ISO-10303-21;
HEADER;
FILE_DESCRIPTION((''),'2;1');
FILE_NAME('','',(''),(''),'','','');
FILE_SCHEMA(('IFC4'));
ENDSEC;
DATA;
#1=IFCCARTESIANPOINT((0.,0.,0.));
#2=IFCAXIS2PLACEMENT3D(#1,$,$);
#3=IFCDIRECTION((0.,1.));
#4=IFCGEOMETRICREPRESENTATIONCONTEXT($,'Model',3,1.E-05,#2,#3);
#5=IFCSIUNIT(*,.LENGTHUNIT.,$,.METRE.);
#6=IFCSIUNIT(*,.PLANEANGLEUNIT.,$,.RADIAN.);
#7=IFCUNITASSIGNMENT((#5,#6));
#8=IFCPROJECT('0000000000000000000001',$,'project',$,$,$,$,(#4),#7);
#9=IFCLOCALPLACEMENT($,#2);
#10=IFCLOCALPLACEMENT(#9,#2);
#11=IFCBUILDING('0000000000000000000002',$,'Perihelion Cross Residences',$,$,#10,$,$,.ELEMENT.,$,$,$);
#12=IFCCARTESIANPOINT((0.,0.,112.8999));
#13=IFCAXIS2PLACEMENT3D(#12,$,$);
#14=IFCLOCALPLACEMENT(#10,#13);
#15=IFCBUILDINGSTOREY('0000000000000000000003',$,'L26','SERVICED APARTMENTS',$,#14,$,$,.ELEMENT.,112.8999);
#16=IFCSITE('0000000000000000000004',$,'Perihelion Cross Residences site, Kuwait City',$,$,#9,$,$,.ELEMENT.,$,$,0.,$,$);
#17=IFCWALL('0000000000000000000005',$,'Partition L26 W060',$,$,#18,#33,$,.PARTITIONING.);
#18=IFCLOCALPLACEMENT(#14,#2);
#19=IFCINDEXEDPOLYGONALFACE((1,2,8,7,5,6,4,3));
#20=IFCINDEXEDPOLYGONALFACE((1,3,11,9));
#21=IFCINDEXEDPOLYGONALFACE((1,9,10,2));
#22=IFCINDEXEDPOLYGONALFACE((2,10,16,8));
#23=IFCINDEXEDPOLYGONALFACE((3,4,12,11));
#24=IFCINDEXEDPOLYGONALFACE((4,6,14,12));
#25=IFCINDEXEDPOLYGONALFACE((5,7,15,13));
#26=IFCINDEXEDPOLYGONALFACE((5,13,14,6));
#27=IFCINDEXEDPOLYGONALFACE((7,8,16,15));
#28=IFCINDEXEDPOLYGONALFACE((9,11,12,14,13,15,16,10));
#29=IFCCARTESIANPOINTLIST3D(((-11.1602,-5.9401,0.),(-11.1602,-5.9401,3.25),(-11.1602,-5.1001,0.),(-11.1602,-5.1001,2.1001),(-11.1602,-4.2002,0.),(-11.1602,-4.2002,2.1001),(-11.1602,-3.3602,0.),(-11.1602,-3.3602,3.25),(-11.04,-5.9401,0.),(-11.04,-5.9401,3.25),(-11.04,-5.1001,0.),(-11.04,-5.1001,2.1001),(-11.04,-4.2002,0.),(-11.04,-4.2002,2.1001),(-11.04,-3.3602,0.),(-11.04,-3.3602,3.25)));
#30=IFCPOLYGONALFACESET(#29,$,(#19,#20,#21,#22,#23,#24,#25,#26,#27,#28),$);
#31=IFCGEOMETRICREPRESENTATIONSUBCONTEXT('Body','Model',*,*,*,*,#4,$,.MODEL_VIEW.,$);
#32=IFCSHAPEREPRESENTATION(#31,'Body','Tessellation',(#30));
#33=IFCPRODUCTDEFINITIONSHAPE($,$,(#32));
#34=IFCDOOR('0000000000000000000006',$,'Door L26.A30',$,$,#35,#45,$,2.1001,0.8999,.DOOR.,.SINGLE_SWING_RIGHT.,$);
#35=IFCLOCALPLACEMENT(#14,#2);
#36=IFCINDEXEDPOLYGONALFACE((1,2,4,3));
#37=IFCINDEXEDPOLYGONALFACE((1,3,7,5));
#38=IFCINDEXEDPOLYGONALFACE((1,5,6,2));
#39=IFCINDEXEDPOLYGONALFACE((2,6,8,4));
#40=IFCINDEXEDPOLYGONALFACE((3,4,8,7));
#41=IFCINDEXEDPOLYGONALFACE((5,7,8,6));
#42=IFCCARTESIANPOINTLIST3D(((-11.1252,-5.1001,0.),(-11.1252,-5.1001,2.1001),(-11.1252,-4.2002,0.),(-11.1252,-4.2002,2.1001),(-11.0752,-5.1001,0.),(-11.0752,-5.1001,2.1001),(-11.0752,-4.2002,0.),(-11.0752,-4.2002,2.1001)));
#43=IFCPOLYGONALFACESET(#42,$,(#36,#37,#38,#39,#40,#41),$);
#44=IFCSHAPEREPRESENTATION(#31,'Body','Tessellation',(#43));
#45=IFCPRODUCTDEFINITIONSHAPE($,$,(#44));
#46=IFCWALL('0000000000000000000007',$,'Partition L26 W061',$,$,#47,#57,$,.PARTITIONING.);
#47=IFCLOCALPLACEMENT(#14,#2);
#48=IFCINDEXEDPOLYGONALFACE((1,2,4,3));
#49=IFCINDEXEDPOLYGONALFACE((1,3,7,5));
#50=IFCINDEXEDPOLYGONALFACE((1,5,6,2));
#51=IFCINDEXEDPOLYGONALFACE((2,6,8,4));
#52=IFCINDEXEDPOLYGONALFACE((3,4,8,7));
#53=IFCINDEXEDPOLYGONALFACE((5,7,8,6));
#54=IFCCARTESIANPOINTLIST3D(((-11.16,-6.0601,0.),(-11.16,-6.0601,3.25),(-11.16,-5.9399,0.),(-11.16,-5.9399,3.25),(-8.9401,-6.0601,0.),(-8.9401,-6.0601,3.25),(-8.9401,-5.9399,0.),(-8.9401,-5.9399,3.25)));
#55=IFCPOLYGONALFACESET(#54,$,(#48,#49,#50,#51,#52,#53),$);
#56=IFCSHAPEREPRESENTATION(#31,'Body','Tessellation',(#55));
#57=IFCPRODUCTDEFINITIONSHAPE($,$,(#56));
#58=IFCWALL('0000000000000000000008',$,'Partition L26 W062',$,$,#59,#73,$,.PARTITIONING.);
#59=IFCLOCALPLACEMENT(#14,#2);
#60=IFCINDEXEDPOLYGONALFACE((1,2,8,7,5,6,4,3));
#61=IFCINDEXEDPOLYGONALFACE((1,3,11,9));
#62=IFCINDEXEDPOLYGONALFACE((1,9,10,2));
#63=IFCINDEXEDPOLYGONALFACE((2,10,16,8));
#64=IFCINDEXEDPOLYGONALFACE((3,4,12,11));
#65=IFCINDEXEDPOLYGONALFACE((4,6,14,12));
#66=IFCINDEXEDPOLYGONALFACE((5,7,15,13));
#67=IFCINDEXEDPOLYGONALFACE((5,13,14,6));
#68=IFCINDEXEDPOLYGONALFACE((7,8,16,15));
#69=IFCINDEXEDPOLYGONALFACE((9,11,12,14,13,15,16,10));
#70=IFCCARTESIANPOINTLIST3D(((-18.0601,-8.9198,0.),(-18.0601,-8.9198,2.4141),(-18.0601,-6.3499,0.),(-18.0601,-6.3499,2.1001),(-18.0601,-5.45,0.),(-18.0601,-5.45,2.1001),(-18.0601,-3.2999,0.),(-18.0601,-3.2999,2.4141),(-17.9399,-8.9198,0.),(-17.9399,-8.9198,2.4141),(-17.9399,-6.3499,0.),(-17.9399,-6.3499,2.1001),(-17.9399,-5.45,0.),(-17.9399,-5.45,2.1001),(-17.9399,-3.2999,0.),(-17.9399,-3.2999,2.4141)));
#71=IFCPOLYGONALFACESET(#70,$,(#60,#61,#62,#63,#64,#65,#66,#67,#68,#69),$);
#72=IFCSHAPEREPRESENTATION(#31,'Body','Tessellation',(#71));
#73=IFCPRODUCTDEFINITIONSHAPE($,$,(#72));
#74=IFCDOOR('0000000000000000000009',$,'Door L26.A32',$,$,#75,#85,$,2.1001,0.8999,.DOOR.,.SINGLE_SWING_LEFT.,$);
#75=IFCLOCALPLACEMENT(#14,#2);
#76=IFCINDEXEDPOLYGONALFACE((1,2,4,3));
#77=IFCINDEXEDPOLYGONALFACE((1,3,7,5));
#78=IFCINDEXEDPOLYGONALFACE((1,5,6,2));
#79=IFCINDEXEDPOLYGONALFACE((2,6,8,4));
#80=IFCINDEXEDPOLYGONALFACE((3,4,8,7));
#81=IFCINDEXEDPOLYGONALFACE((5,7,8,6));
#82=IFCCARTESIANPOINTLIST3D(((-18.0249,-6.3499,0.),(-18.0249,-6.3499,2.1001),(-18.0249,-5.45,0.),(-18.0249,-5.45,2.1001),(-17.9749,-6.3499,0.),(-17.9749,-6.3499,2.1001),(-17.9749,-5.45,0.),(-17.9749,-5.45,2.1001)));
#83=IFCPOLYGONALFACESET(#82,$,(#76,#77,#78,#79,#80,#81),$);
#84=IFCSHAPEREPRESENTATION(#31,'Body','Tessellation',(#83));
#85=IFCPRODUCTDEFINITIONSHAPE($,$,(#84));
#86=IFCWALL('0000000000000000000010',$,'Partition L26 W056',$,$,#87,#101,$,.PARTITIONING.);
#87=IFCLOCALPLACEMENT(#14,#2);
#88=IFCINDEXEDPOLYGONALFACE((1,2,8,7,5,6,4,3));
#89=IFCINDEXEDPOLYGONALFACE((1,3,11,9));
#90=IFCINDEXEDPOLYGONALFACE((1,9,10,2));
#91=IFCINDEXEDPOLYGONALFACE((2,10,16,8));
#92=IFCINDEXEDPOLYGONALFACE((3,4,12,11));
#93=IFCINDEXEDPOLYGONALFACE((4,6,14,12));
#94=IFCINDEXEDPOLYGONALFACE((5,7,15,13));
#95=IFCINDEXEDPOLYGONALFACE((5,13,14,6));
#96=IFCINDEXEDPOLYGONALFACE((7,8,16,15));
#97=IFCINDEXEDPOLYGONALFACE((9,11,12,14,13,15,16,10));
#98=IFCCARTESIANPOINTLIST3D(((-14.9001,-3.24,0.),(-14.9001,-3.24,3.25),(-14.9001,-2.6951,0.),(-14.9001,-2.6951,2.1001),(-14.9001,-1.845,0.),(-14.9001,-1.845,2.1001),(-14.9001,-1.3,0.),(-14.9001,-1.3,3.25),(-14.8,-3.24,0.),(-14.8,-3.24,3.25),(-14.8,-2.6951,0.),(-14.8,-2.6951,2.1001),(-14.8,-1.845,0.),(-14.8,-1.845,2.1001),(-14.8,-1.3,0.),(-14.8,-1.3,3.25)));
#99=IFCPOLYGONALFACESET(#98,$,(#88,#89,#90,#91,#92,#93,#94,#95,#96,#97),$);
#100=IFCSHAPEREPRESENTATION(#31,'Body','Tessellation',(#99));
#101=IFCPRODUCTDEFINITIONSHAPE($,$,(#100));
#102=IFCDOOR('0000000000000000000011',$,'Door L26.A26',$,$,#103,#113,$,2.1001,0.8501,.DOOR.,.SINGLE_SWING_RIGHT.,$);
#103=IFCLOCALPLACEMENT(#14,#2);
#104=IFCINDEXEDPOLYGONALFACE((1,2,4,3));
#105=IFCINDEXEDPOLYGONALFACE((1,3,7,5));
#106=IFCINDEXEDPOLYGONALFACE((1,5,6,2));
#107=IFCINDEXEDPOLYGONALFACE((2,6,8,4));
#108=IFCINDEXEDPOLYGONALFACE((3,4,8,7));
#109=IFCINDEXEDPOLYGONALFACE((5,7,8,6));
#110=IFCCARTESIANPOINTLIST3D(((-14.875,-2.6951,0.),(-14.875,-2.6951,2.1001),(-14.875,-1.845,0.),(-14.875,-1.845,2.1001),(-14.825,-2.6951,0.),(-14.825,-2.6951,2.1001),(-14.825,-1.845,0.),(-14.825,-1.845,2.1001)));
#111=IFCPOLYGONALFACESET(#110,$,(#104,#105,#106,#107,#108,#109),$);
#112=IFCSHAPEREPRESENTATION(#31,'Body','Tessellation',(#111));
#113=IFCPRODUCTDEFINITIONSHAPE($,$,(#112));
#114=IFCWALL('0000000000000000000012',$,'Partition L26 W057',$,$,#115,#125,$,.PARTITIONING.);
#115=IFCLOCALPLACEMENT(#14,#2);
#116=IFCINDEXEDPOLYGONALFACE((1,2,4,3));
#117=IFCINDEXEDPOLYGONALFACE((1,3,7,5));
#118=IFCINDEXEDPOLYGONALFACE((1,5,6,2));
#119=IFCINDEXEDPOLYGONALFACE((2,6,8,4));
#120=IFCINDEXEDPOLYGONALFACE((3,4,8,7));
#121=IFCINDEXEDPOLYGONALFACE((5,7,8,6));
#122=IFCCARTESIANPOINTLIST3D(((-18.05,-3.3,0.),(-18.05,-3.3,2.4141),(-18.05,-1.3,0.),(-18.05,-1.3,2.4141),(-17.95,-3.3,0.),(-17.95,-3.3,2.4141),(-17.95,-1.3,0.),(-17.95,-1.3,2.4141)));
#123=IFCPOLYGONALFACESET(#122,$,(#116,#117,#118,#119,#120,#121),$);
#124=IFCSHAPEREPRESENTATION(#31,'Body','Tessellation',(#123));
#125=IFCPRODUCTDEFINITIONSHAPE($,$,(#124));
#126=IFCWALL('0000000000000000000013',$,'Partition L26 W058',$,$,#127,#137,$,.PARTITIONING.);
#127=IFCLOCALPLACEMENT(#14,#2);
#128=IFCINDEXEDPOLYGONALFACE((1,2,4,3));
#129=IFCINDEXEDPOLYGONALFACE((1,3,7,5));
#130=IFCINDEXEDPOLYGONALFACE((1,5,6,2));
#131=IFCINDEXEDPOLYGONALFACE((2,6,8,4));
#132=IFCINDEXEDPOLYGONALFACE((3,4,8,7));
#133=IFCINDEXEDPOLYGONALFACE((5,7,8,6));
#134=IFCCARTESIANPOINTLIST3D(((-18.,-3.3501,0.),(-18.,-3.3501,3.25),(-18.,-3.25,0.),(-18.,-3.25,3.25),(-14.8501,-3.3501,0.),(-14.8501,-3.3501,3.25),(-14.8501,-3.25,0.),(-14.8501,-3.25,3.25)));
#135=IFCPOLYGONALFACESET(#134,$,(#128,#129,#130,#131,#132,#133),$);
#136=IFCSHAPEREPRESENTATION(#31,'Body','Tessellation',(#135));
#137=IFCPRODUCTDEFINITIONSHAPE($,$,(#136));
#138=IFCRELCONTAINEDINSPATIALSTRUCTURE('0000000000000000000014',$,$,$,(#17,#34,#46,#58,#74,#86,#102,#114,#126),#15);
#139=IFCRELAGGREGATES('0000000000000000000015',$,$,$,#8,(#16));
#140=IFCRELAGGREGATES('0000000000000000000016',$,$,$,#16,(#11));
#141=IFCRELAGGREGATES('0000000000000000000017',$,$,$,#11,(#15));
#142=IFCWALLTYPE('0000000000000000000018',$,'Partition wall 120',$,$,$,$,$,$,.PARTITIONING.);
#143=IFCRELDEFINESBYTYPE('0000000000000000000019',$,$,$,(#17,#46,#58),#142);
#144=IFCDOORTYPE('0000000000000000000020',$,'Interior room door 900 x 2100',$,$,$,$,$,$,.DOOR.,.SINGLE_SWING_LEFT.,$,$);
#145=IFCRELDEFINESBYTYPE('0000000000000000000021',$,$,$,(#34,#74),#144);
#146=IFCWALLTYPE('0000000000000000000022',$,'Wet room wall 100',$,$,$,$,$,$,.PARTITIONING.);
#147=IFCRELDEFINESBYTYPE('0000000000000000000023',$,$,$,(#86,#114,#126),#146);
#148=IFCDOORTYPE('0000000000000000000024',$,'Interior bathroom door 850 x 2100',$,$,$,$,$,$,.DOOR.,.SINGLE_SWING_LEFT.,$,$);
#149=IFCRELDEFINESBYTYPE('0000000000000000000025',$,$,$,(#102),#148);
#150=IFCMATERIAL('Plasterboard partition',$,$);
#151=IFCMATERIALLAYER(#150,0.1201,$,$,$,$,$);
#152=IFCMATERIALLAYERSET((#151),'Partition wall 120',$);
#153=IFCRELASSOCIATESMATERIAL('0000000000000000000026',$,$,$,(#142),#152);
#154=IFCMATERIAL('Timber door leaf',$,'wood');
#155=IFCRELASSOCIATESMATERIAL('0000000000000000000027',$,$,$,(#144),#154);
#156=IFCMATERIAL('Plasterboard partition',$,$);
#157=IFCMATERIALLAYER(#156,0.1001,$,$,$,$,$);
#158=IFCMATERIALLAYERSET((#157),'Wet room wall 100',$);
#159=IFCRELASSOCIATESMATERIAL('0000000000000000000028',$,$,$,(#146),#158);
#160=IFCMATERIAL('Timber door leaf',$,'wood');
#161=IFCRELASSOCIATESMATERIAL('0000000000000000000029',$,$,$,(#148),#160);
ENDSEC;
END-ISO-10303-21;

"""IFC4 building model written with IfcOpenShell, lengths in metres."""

from ifc_helpers import new_model, si_unit, direction, frame, frame_2d, origin, place, context, subcontext, project, spatial, rectangle, extrude, material, layer, layer_set, type_object, element, fill, save


model = new_model("IFC4")

# Units and contexts
model_context = context("Model", 3, precision=1e-05, world=origin(), true_north=direction((0.0, 1.0)))
body_context = subcontext(model_context, "Body", "Model", "MODEL_VIEW")
ifc_project = project(units=[si_unit("LENGTHUNIT", "METRE"), si_unit("PLANEANGLEUNIT", "RADIAN")], contexts=[model_context])

# Site, building, storey
site_placement = place(None, origin())
site = spatial("IfcSite", under=ifc_project, at=site_placement, Name="Perihelion Cross Residences site, Kuwait City", CompositionType="ELEMENT", RefElevation=0.0)
building_placement = place(site_placement, origin())
building = spatial("IfcBuilding", under=site, at=building_placement, Name="Perihelion Cross Residences", CompositionType="ELEMENT")
storey_placement = place(building_placement, frame((0.0, 0.0, 112.8999)))
storey = spatial("IfcBuildingStorey", under=building, at=storey_placement, Name="L26", Description="SERVICED APARTMENTS", CompositionType="ELEMENT", Elevation=112.8999)

# Wall, opening, door
ifc_material_1 = material(Name="Plasterboard partition")
ifc_layer_1 = layer(ifc_material_1, 0.1201)
ifc_layer_set_1 = layer_set([ifc_layer_1], Name="Partition wall 120")
wall_type_1 = type_object("IfcWallType", Name="Partition wall 120", PredefinedType="PARTITIONING", material=ifc_layer_set_1)
ifc_material_2 = material(Name="Timber door leaf", Category="wood")
door_type_1 = type_object("IfcDoorType", Name="Interior room door 900 x 2100", OperationType="SINGLE_SWING_LEFT", PredefinedType="DOOR", material=ifc_material_2)
wall_1_placement = place(storey_placement, frame((-11.1001, -3.3601, 0.0), z_axis=(0.0, 0.0, 1.0), x_axis=(0.0, -1.0, 0.0)))
wall_1 = element("IfcWall", 1, at=wall_1_placement, inside=storey, type_object=wall_type_1, Name="Partition L26 W060", PredefinedType="PARTITIONING", context=body_context, shape_type="SweptSolid", body=[
    extrude(rectangle(XDim=2.5798, YDim=0.1201, at=frame_2d((1.29, 0.0))), origin(), (0.0, 0.0, 1.0), 3.25),
])
opening_1_placement = place(wall_1_placement, frame((0.8401, 0.0, 0.0)))
opening_1 = element("IfcOpeningElement", 2, at=opening_1_placement, cuts=wall_1, PredefinedType="OPENING", context=body_context, shape_type="SweptSolid", body=[
    extrude(rectangle(XDim=0.8999, YDim=2.1001, at=frame_2d((0.45, 1.05))), frame((0.0, 0.0701, 0.0), z_axis=(0.0, -1.0, 0.0), x_axis=(1.0, 0.0, 0.0)), (0.0, 0.0, 1.0), 0.1401),
])
door_1_placement = place(opening_1_placement, origin())
door_1 = element("IfcDoor", 3, at=door_1_placement, inside=storey, type_object=door_type_1, Name="Door L26.A30", OperationType="SINGLE_SWING_RIGHT", OverallHeight=2.1001, OverallWidth=0.8999, PredefinedType="DOOR", context=body_context, shape_type="SweptSolid", body=[
    extrude(rectangle(XDim=0.8999, YDim=2.1001, at=frame_2d((0.45, 1.05))), frame((0.0, 0.0249, 0.0), z_axis=(0.0, -1.0, 0.0), x_axis=(1.0, 0.0, 0.0)), (0.0, 0.0, 1.0), 0.05),
])
fill(opening_1, door_1)

# Wall
wall_2_placement = place(storey_placement, frame((-11.1599, -6.0, 0.0), z_axis=(0.0, 0.0, 1.0), x_axis=(1.0, 0.0, 0.0)))
element("IfcWall", 4, at=wall_2_placement, inside=storey, type_object=wall_type_1, Name="Partition L26 W061", PredefinedType="PARTITIONING", context=body_context, shape_type="SweptSolid", body=[
    extrude(rectangle(XDim=2.22, YDim=0.1201, at=frame_2d((1.1099, 0.0))), origin(), (0.0, 0.0, 1.0), 3.25),
])

# Walls, openings, doors
wall_3_placement = place(storey_placement, frame((-18.0, -8.9199, 0.0), z_axis=(0.0, 0.0, 1.0), x_axis=(0.0, 1.0, 0.0)))
wall_3 = element("IfcWall", 5, at=wall_3_placement, inside=storey, type_object=wall_type_1, Name="Partition L26 W062", PredefinedType="PARTITIONING", context=body_context, shape_type="SweptSolid", body=[
    extrude(rectangle(XDim=5.6199, YDim=0.1201, at=frame_2d((2.8101, 0.0))), origin(), (0.0, 0.0, 1.0), 2.4141),
])
opening_2_placement = place(wall_3_placement, frame((2.5701, 0.0, 0.0)))
opening_2 = element("IfcOpeningElement", 6, at=opening_2_placement, cuts=wall_3, PredefinedType="OPENING", context=body_context, shape_type="SweptSolid", body=[
    extrude(rectangle(XDim=0.8999, YDim=2.1001, at=frame_2d((0.45, 1.05))), frame((0.0, 0.0701, 0.0), z_axis=(0.0, -1.0, 0.0), x_axis=(1.0, 0.0, 0.0)), (0.0, 0.0, 1.0), 0.1401),
])
door_2_placement = place(opening_2_placement, origin())
door_2 = element("IfcDoor", 7, at=door_2_placement, inside=storey, type_object=door_type_1, Name="Door L26.A32", OperationType="SINGLE_SWING_LEFT", OverallHeight=2.1001, OverallWidth=0.8999, PredefinedType="DOOR", context=body_context, shape_type="SweptSolid", body=[
    extrude(rectangle(XDim=0.8999, YDim=2.1001, at=frame_2d((0.45, 1.05))), frame((0.0, 0.0249, 0.0), z_axis=(0.0, -1.0, 0.0), x_axis=(1.0, 0.0, 0.0)), (0.0, 0.0, 1.0), 0.05),
])
fill(opening_2, door_2)
ifc_material_3 = material(Name="Plasterboard partition")
ifc_layer_2 = layer(ifc_material_3, 0.1001)
ifc_layer_set_2 = layer_set([ifc_layer_2], Name="Wet room wall 100")
wall_type_2 = type_object("IfcWallType", Name="Wet room wall 100", PredefinedType="PARTITIONING", material=ifc_layer_set_2)
wall_4_placement = place(storey_placement, frame((-14.8501, -3.24, 0.0), z_axis=(0.0, 0.0, 1.0), x_axis=(0.0, 1.0, 0.0)))
wall_4 = element("IfcWall", 8, at=wall_4_placement, inside=storey, type_object=wall_type_2, Name="Partition L26 W056", PredefinedType="PARTITIONING", context=body_context, shape_type="SweptSolid", body=[
    extrude(rectangle(XDim=1.9399, YDim=0.1001, at=frame_2d((0.97, 0.0))), origin(), (0.0, 0.0, 1.0), 3.25),
])
opening_3_placement = place(wall_4_placement, frame((0.5449, 0.0, 0.0)))
opening_3 = element("IfcOpeningElement", 9, at=opening_3_placement, cuts=wall_4, PredefinedType="OPENING", context=body_context, shape_type="SweptSolid", body=[
    extrude(rectangle(XDim=0.8501, YDim=2.1001, at=frame_2d((0.425, 1.05))), frame((0.0, 0.0601, 0.0), z_axis=(0.0, -1.0, 0.0), x_axis=(1.0, 0.0, 0.0)), (0.0, 0.0, 1.0), 0.1201),
])
ifc_material_4 = material(Name="Timber door leaf", Category="wood")
door_type_2 = type_object("IfcDoorType", Name="Interior bathroom door 850 x 2100", OperationType="SINGLE_SWING_LEFT", PredefinedType="DOOR", material=ifc_material_4)
door_3_placement = place(opening_3_placement, origin())
door_3 = element("IfcDoor", 10, at=door_3_placement, inside=storey, type_object=door_type_2, Name="Door L26.A26", OperationType="SINGLE_SWING_RIGHT", OverallHeight=2.1001, OverallWidth=0.8501, PredefinedType="DOOR", context=body_context, shape_type="SweptSolid", body=[
    extrude(rectangle(XDim=0.8501, YDim=2.1001, at=frame_2d((0.425, 1.05))), frame((0.0, 0.0249, 0.0), z_axis=(0.0, -1.0, 0.0), x_axis=(1.0, 0.0, 0.0)), (0.0, 0.0, 1.0), 0.05),
])
fill(opening_3, door_3)

# Walls
wall_5_placement = place(storey_placement, frame((-18.0, -3.3, 0.0), z_axis=(0.0, 0.0, 1.0), x_axis=(0.0, 1.0, 0.0)))
element("IfcWall", 11, at=wall_5_placement, inside=storey, type_object=wall_type_2, Name="Partition L26 W057", PredefinedType="PARTITIONING", context=body_context, shape_type="SweptSolid", body=[
    extrude(rectangle(XDim=2.0, YDim=0.1001, at=frame_2d((1.0, 0.0))), origin(), (0.0, 0.0, 1.0), 2.4141),
])
wall_6_placement = place(storey_placement, frame((-14.8501, -3.3, 0.0), z_axis=(0.0, 0.0, 1.0), x_axis=(-1.0, 0.0, 0.0)))
element("IfcWall", 12, at=wall_6_placement, inside=storey, type_object=wall_type_2, Name="Partition L26 W058", PredefinedType="PARTITIONING", context=body_context, shape_type="SweptSolid", body=[
    extrude(rectangle(XDim=3.1499, YDim=0.1001, at=frame_2d((1.575, 0.0))), origin(), (0.0, 0.0, 1.0), 3.25),
])

save(model, "model.ifc")
